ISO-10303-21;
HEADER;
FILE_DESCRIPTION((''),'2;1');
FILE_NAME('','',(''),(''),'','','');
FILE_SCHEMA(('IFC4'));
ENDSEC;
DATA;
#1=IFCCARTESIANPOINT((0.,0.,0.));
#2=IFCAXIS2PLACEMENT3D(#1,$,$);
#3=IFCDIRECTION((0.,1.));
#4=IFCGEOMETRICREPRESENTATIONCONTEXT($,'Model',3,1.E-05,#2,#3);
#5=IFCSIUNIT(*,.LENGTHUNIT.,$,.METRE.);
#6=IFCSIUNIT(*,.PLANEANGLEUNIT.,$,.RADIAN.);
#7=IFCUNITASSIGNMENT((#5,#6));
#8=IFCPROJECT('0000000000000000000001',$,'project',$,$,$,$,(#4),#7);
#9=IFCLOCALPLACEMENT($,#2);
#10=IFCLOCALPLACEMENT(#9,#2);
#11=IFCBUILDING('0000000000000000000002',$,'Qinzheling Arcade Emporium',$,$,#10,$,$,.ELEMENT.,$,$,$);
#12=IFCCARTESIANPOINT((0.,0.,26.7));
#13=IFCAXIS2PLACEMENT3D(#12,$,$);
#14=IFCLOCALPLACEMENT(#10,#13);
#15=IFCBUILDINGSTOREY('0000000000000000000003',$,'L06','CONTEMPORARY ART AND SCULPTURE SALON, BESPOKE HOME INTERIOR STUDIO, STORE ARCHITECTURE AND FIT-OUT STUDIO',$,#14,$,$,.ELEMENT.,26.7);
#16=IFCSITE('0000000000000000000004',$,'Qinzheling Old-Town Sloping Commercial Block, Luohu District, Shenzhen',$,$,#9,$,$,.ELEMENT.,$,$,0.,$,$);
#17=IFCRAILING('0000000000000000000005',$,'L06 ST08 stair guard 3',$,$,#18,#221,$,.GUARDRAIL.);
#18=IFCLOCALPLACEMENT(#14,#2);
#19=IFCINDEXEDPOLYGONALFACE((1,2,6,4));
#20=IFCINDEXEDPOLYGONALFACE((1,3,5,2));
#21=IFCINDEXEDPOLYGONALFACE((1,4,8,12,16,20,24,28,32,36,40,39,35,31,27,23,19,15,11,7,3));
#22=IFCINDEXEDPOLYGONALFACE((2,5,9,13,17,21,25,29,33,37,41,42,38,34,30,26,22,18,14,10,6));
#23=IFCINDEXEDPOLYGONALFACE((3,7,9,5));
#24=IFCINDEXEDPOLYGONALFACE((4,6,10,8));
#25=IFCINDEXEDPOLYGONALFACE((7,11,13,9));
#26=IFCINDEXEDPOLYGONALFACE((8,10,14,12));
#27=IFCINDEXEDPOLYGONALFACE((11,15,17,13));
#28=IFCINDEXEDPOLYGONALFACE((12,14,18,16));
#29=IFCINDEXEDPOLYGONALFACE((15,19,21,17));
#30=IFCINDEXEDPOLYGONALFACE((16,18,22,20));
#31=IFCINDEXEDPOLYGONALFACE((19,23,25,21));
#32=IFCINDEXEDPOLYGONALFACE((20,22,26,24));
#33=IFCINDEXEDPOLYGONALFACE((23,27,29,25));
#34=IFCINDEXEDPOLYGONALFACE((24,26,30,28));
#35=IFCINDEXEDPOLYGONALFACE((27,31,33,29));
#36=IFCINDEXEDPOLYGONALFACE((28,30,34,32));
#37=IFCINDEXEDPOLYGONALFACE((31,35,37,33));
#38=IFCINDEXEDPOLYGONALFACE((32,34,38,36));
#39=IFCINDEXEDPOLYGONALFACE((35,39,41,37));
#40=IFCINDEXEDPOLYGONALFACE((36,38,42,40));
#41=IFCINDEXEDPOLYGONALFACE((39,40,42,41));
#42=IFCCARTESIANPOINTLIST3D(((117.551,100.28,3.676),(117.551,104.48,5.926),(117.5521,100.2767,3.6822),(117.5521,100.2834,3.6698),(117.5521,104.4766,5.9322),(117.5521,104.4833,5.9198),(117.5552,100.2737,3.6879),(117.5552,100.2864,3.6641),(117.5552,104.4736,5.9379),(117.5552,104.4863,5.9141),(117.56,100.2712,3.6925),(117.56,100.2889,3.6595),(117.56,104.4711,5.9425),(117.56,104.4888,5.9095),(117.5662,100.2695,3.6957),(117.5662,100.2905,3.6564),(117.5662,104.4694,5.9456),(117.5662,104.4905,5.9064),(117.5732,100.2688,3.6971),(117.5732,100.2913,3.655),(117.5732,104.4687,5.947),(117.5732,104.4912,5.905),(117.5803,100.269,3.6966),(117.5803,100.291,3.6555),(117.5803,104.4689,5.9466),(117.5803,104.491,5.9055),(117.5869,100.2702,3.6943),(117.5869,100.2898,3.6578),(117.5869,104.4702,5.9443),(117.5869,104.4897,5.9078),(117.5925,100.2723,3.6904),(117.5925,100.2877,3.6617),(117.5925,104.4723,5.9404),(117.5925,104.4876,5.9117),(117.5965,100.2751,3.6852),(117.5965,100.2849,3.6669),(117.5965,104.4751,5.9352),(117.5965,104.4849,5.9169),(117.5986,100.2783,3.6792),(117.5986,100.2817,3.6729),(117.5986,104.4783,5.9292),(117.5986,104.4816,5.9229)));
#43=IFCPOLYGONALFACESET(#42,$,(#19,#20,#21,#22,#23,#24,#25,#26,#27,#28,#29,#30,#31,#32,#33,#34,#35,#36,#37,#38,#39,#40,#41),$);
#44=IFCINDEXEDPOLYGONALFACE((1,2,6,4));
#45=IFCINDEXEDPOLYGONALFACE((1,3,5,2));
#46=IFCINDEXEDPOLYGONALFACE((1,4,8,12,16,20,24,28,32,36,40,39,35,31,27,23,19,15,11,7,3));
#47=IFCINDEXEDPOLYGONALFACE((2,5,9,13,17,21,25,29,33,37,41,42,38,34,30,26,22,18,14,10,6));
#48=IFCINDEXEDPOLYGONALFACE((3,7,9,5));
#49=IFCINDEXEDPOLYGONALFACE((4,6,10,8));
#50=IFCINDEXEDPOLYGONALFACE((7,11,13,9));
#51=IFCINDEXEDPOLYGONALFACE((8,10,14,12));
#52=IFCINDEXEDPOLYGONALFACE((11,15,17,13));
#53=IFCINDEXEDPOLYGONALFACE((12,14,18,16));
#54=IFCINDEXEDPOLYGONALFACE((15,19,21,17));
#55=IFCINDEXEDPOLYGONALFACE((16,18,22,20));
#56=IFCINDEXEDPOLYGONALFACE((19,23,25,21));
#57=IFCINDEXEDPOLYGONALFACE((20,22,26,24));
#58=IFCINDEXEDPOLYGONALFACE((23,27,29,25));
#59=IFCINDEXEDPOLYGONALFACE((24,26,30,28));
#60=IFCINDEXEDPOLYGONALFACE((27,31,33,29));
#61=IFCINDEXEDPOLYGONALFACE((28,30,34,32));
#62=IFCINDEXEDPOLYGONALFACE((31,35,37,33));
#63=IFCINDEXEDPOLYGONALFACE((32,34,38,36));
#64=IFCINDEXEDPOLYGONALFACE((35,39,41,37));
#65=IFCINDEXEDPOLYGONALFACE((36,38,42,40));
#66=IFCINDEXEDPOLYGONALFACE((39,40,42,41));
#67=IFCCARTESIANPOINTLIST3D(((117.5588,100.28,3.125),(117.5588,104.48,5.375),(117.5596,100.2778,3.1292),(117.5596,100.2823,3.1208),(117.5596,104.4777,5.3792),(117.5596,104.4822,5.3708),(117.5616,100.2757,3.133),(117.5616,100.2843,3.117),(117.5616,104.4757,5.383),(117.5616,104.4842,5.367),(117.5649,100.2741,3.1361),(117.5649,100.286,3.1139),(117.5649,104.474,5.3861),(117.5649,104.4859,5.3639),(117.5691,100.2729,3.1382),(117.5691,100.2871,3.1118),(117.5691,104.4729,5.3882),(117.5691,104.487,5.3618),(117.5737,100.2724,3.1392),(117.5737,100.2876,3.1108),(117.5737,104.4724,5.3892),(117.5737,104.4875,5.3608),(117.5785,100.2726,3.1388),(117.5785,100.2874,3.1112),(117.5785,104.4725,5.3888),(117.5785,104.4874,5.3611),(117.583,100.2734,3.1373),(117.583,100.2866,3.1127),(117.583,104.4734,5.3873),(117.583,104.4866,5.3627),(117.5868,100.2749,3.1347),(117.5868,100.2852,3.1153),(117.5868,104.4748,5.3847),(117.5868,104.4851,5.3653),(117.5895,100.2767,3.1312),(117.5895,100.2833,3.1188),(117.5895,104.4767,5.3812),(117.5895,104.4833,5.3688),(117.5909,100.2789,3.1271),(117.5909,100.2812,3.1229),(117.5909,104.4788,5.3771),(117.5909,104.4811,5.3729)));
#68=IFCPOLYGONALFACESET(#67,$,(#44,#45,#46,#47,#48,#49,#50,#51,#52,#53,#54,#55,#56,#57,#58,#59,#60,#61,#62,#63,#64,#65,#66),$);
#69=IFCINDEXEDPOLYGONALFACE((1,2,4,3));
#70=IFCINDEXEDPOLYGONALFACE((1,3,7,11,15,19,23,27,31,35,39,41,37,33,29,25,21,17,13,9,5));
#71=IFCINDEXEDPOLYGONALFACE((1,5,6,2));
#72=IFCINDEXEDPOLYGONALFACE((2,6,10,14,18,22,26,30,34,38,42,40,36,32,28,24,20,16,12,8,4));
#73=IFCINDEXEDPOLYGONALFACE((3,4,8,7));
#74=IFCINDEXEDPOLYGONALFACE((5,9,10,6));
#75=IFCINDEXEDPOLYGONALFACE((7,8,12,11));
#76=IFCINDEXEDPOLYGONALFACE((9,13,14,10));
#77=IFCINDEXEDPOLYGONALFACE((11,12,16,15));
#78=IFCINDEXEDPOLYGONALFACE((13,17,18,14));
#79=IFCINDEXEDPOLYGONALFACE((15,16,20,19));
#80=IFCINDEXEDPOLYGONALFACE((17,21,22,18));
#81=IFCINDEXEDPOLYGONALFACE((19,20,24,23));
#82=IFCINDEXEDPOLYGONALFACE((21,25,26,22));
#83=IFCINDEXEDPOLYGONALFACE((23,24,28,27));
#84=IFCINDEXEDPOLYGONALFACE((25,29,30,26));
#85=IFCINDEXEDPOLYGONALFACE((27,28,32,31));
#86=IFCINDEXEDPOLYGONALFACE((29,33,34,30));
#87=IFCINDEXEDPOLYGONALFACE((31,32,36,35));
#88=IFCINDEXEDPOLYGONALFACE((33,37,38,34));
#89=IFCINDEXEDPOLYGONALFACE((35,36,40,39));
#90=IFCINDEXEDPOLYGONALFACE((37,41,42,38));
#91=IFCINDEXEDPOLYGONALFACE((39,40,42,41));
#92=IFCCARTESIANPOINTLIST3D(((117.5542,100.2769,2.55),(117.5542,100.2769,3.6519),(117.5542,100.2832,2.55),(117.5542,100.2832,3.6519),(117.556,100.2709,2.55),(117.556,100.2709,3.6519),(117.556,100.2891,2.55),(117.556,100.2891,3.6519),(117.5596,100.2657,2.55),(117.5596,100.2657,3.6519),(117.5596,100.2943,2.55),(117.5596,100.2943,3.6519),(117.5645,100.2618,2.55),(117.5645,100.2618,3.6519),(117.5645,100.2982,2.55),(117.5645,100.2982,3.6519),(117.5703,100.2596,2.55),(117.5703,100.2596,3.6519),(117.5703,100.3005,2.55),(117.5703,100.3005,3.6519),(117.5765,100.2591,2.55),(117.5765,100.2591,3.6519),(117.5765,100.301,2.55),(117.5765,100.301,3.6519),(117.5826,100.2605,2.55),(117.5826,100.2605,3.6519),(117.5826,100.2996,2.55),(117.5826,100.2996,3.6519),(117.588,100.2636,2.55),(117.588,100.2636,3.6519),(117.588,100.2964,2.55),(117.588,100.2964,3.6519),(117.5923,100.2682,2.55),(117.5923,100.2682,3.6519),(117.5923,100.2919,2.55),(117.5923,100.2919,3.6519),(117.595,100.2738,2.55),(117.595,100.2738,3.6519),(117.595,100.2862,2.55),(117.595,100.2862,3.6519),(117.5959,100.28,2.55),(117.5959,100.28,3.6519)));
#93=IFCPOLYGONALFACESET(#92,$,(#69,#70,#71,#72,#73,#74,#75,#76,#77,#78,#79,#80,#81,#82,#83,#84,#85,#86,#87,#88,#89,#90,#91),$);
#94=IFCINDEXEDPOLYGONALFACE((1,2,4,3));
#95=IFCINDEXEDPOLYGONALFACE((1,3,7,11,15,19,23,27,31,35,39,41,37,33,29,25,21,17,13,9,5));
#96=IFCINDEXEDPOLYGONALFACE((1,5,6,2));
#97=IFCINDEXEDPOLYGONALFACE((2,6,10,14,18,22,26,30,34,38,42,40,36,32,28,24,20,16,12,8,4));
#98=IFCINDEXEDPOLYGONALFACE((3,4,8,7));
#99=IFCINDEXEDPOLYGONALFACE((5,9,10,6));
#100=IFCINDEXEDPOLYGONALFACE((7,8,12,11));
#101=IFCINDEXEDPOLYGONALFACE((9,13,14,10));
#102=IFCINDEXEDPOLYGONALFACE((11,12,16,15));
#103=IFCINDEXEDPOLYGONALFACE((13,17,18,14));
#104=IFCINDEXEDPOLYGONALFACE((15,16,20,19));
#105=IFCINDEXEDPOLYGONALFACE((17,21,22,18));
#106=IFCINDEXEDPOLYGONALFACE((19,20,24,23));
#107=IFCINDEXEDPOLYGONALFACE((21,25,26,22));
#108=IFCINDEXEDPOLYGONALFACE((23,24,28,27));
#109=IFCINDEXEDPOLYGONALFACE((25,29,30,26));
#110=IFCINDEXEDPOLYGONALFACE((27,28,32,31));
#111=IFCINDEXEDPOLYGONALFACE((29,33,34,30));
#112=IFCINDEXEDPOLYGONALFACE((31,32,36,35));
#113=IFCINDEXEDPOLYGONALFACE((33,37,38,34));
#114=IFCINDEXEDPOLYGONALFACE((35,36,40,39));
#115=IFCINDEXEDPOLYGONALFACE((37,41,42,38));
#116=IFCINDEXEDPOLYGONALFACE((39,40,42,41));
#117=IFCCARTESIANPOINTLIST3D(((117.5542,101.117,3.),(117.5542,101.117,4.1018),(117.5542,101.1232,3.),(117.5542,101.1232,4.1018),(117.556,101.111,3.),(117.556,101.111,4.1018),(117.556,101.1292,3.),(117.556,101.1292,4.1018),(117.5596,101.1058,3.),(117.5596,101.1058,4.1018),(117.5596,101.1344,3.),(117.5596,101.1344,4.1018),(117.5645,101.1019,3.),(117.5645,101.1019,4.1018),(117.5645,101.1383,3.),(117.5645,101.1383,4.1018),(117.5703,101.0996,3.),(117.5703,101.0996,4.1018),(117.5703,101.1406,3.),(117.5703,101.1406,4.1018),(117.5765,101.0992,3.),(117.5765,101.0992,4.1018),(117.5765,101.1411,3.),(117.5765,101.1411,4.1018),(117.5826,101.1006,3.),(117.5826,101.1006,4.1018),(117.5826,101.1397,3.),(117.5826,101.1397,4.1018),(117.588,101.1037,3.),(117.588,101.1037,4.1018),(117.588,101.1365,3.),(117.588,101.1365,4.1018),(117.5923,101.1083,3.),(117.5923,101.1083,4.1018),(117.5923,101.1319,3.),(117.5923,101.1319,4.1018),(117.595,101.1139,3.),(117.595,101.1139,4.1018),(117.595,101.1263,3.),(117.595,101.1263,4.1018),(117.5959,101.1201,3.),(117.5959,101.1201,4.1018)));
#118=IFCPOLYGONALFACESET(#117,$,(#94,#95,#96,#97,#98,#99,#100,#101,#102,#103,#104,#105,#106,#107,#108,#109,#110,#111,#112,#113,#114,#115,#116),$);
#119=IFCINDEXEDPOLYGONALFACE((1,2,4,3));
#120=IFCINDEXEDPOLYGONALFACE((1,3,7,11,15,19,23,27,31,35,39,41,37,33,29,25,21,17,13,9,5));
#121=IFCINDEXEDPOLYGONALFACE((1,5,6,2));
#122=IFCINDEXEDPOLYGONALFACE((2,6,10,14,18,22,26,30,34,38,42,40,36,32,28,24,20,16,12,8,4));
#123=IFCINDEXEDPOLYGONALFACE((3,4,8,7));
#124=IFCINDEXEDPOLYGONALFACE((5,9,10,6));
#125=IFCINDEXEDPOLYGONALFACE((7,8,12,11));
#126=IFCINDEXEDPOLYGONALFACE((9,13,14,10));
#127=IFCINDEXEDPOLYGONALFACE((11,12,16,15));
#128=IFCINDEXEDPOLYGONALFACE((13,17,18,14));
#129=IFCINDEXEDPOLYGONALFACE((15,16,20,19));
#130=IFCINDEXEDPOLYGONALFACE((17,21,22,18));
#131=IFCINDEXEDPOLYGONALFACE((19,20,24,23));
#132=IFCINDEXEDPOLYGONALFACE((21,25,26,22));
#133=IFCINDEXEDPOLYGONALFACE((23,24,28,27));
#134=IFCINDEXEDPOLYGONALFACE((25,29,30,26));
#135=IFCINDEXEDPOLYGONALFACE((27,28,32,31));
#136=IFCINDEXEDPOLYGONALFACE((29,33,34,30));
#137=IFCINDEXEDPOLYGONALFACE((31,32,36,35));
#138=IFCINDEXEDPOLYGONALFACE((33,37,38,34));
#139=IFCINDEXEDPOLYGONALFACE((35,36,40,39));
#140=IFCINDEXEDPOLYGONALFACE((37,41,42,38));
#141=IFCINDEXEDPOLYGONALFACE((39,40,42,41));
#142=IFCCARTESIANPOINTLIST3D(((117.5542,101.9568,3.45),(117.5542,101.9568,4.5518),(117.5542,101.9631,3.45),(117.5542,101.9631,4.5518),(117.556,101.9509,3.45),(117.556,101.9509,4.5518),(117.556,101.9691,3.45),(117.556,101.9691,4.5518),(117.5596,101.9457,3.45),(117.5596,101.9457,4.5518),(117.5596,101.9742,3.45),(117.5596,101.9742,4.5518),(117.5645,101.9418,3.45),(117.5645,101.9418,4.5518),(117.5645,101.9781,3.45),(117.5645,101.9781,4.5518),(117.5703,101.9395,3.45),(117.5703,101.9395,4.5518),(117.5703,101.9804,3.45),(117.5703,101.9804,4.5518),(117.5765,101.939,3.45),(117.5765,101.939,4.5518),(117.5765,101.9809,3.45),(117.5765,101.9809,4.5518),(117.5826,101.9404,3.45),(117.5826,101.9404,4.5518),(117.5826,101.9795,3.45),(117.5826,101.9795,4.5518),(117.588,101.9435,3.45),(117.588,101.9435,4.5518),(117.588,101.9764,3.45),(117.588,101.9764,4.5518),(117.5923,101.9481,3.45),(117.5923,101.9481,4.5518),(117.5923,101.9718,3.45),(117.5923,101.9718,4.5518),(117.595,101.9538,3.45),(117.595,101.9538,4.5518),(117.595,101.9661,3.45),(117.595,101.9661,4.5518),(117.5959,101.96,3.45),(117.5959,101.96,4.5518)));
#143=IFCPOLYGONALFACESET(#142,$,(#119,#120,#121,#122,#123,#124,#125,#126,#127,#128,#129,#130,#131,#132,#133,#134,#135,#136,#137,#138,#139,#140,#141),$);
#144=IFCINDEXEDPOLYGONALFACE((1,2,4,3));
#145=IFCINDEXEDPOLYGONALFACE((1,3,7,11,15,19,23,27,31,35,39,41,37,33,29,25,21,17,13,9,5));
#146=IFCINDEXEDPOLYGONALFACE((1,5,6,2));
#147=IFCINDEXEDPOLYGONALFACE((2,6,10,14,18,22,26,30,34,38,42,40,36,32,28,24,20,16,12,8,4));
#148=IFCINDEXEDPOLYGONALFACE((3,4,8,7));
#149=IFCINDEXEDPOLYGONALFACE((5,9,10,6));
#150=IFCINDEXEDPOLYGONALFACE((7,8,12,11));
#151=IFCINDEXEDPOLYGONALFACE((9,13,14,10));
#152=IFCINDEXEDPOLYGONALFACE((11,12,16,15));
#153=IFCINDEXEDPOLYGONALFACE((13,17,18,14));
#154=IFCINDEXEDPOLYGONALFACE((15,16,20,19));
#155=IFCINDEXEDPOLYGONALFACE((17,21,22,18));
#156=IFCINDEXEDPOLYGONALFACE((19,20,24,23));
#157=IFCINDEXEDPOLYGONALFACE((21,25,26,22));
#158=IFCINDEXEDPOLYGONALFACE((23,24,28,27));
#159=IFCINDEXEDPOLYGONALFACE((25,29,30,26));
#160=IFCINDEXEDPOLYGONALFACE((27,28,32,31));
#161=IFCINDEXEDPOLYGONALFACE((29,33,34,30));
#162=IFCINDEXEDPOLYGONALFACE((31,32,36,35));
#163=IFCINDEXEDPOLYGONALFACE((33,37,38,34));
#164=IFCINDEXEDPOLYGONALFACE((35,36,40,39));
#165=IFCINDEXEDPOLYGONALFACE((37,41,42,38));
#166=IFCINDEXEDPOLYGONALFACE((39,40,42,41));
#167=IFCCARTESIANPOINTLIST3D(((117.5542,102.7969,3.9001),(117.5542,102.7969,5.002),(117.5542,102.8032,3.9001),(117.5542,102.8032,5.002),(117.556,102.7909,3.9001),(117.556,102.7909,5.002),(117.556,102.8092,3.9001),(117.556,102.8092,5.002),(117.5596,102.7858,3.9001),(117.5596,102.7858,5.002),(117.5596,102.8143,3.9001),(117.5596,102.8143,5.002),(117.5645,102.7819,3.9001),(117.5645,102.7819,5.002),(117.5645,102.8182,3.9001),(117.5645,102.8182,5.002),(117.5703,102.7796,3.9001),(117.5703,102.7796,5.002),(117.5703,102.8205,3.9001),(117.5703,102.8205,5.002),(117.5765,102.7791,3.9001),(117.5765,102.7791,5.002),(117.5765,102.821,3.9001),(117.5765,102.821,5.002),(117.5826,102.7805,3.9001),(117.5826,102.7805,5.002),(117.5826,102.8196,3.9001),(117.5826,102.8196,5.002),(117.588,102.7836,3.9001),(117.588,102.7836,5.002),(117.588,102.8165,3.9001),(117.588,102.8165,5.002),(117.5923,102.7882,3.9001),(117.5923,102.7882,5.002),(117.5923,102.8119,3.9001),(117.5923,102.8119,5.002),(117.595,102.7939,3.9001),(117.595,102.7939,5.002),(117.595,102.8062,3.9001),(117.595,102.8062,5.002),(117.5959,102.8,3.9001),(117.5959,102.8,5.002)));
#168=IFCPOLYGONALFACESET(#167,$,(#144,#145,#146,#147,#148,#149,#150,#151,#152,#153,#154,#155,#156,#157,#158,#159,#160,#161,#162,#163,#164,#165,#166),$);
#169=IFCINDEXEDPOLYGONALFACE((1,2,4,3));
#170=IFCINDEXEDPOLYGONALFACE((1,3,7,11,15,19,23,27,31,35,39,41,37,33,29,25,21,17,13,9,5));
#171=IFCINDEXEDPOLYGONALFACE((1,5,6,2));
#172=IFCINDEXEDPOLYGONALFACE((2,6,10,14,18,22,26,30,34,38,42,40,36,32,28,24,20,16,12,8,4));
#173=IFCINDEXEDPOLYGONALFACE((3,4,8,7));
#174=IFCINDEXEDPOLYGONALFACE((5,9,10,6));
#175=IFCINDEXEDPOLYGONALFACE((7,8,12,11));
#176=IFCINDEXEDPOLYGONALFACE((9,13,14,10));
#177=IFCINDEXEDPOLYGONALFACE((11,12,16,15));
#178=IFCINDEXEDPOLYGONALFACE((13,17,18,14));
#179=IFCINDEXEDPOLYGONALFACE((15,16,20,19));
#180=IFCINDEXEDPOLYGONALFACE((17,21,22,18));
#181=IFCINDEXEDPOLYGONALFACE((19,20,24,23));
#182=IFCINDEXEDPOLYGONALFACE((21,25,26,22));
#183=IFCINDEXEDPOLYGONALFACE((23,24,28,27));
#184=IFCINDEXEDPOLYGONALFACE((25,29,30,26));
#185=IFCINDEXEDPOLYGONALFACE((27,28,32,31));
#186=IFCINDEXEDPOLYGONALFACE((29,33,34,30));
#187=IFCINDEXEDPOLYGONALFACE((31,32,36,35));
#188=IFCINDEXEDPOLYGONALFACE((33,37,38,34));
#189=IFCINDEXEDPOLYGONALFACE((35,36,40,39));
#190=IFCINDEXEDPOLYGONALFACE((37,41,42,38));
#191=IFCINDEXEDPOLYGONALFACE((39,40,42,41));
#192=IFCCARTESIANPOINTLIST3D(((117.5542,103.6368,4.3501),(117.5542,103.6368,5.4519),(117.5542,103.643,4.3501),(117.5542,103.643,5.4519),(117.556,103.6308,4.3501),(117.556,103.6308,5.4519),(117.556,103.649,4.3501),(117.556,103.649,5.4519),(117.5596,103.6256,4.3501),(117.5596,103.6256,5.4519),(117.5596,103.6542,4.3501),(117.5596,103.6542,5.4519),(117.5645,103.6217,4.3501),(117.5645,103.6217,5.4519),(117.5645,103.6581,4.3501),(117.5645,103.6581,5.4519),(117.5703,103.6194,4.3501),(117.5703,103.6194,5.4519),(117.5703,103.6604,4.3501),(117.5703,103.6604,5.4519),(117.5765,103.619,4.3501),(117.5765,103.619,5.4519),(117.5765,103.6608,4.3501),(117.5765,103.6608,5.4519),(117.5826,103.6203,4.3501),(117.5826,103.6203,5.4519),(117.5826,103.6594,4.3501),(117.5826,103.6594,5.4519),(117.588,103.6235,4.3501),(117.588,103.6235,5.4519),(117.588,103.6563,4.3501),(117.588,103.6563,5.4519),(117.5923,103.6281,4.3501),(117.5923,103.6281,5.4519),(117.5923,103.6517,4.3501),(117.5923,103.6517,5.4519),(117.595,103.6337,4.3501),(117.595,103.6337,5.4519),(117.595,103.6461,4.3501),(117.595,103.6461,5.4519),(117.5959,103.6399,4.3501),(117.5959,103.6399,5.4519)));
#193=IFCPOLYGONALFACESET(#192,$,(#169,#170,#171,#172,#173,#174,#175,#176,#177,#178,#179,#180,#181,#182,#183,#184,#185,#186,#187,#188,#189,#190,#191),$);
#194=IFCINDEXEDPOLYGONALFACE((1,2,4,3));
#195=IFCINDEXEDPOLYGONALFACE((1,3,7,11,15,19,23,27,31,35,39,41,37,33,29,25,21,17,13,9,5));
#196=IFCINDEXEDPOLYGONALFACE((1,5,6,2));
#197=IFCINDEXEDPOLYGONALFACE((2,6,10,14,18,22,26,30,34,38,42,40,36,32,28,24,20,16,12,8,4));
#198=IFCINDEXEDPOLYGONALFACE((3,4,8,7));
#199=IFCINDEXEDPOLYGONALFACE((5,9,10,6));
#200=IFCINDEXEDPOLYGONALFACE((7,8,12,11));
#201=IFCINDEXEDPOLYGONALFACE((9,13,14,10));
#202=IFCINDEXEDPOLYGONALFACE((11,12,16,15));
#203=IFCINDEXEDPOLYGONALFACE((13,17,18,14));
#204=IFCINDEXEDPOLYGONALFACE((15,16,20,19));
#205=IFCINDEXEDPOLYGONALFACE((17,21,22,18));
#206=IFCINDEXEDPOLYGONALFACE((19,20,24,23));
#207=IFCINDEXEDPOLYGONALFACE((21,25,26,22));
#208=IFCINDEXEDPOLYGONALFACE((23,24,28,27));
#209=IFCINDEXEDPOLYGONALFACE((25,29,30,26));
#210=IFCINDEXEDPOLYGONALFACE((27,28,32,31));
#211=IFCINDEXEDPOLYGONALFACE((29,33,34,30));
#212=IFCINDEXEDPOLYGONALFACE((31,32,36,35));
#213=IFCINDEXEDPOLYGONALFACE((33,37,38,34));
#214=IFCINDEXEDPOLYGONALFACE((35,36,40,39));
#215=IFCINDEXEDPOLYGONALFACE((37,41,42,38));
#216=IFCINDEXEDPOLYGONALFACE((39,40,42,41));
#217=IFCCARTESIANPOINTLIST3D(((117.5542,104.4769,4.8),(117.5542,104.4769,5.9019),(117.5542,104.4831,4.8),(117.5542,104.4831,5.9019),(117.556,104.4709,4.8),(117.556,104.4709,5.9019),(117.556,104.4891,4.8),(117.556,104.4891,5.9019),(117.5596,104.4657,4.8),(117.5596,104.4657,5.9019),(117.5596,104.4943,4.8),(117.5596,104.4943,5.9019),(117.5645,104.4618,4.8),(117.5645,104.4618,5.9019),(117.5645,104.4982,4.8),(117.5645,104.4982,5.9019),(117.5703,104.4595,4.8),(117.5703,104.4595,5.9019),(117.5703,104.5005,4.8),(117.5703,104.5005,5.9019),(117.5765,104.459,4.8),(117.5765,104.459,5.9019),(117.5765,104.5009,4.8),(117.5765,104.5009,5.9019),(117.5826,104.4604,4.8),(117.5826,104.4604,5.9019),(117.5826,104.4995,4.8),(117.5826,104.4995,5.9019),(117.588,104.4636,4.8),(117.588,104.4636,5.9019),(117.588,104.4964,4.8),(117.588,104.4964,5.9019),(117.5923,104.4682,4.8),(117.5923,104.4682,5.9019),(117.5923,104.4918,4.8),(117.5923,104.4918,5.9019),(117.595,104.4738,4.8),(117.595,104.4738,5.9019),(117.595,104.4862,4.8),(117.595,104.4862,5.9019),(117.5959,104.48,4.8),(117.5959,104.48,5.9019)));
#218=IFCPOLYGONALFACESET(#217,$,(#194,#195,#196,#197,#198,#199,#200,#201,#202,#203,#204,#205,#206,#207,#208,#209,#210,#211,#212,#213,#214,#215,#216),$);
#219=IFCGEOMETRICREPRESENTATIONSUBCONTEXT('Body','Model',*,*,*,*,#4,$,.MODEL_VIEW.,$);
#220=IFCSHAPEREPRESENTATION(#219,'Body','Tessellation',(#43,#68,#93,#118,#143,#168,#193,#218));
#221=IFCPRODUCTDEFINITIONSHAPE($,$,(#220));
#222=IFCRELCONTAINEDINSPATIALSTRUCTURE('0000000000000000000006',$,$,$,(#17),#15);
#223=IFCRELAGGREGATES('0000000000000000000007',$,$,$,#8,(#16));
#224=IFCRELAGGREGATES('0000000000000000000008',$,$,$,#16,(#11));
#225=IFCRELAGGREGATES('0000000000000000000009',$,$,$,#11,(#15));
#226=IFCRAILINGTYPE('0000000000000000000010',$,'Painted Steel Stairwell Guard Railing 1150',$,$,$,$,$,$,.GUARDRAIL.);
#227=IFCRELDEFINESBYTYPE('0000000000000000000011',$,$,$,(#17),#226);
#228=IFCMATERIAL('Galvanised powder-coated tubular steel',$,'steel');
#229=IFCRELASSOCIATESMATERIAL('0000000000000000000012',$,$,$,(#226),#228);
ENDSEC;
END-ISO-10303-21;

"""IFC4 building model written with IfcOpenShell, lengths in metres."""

from ifc_helpers import new_model, si_unit, direction, frame, origin, origin_2d, place, context, subcontext, project, spatial, circle, extrude, material, type_object, element, save


model = new_model("IFC4")

# Units and contexts
model_context = context("Model", 3, precision=1e-05, world=origin(), true_north=direction((0.0, 1.0)))
body_context = subcontext(model_context, "Body", "Model", "MODEL_VIEW")
ifc_project = project(units=[si_unit("LENGTHUNIT", "METRE"), si_unit("PLANEANGLEUNIT", "RADIAN")], contexts=[model_context])

# Site, building, storey
site_placement = place(None, origin())
site = spatial("IfcSite", under=ifc_project, at=site_placement, Name="Qinzheling Old-Town Sloping Commercial Block, Luohu District, Shenzhen", CompositionType="ELEMENT", RefElevation=0.0)
building_placement = place(site_placement, origin())
building = spatial("IfcBuilding", under=site, at=building_placement, Name="Qinzheling Arcade Emporium", CompositionType="ELEMENT")
storey_placement = place(building_placement, frame((0.0, 0.0, 26.7)))
storey = spatial("IfcBuildingStorey", under=building, at=storey_placement, Name="L06", Description="CONTEMPORARY ART AND SCULPTURE SALON, BESPOKE HOME INTERIOR STUDIO, STORE ARCHITECTURE AND FIT-OUT STUDIO", CompositionType="ELEMENT", Elevation=26.7)

# Railing
ifc_material_1 = material(Name="Galvanised powder-coated tubular steel", Category="steel")
railing_type_1 = type_object("IfcRailingType", Name="Painted Steel Stairwell Guard Railing 1150", PredefinedType="GUARDRAIL", material=ifc_material_1)
railing_1_placement = place(storey_placement, frame((117.575, 100.28, 2.55)))
element("IfcRailing", 1, at=railing_1_placement, inside=storey, type_object=railing_type_1, Name="L06 ST08 stair guard 3", PredefinedType="GUARDRAIL", context=body_context, shape_type="SweptSolid", body=[
    extrude(circle(Radius=0.0239, at=origin_2d()), frame((0.0, 0.0, 1.126), z_axis=(0.0, 0.881478, 0.472226), x_axis=(-1.0, 0.0, 0.0)), (0.0, 0.0, 1.0), 4.7646),
    extrude(circle(Radius=0.0161, at=origin_2d()), frame((0.0, 0.0, 0.575), z_axis=(0.0, 0.881478, 0.472226), x_axis=(-1.0, 0.0, 0.0)), (0.0, 0.0, 1.0), 4.7646),
    extrude(circle(Radius=0.021, at=origin_2d()), origin(), (0.0, 0.0, 1.0), 1.1018),
    extrude(circle(Radius=0.021, at=origin_2d()), frame((0.0, 0.8401, 0.45)), (0.0, 0.0, 1.0), 1.1018),
    extrude(circle(Radius=0.021, at=origin_2d()), frame((0.0, 1.6799, 0.8999)), (0.0, 0.0, 1.0), 1.1018),
    extrude(circle(Radius=0.021, at=origin_2d()), frame((0.0, 2.52, 1.3501)), (0.0, 0.0, 1.0), 1.1018),
    extrude(circle(Radius=0.021, at=origin_2d()), frame((0.0, 3.3599, 1.8)), (0.0, 0.0, 1.0), 1.1018),
    extrude(circle(Radius=0.021, at=origin_2d()), frame((0.0, 4.2, 2.25)), (0.0, 0.0, 1.0), 1.1018),
])

save(model, "model.ifc")
